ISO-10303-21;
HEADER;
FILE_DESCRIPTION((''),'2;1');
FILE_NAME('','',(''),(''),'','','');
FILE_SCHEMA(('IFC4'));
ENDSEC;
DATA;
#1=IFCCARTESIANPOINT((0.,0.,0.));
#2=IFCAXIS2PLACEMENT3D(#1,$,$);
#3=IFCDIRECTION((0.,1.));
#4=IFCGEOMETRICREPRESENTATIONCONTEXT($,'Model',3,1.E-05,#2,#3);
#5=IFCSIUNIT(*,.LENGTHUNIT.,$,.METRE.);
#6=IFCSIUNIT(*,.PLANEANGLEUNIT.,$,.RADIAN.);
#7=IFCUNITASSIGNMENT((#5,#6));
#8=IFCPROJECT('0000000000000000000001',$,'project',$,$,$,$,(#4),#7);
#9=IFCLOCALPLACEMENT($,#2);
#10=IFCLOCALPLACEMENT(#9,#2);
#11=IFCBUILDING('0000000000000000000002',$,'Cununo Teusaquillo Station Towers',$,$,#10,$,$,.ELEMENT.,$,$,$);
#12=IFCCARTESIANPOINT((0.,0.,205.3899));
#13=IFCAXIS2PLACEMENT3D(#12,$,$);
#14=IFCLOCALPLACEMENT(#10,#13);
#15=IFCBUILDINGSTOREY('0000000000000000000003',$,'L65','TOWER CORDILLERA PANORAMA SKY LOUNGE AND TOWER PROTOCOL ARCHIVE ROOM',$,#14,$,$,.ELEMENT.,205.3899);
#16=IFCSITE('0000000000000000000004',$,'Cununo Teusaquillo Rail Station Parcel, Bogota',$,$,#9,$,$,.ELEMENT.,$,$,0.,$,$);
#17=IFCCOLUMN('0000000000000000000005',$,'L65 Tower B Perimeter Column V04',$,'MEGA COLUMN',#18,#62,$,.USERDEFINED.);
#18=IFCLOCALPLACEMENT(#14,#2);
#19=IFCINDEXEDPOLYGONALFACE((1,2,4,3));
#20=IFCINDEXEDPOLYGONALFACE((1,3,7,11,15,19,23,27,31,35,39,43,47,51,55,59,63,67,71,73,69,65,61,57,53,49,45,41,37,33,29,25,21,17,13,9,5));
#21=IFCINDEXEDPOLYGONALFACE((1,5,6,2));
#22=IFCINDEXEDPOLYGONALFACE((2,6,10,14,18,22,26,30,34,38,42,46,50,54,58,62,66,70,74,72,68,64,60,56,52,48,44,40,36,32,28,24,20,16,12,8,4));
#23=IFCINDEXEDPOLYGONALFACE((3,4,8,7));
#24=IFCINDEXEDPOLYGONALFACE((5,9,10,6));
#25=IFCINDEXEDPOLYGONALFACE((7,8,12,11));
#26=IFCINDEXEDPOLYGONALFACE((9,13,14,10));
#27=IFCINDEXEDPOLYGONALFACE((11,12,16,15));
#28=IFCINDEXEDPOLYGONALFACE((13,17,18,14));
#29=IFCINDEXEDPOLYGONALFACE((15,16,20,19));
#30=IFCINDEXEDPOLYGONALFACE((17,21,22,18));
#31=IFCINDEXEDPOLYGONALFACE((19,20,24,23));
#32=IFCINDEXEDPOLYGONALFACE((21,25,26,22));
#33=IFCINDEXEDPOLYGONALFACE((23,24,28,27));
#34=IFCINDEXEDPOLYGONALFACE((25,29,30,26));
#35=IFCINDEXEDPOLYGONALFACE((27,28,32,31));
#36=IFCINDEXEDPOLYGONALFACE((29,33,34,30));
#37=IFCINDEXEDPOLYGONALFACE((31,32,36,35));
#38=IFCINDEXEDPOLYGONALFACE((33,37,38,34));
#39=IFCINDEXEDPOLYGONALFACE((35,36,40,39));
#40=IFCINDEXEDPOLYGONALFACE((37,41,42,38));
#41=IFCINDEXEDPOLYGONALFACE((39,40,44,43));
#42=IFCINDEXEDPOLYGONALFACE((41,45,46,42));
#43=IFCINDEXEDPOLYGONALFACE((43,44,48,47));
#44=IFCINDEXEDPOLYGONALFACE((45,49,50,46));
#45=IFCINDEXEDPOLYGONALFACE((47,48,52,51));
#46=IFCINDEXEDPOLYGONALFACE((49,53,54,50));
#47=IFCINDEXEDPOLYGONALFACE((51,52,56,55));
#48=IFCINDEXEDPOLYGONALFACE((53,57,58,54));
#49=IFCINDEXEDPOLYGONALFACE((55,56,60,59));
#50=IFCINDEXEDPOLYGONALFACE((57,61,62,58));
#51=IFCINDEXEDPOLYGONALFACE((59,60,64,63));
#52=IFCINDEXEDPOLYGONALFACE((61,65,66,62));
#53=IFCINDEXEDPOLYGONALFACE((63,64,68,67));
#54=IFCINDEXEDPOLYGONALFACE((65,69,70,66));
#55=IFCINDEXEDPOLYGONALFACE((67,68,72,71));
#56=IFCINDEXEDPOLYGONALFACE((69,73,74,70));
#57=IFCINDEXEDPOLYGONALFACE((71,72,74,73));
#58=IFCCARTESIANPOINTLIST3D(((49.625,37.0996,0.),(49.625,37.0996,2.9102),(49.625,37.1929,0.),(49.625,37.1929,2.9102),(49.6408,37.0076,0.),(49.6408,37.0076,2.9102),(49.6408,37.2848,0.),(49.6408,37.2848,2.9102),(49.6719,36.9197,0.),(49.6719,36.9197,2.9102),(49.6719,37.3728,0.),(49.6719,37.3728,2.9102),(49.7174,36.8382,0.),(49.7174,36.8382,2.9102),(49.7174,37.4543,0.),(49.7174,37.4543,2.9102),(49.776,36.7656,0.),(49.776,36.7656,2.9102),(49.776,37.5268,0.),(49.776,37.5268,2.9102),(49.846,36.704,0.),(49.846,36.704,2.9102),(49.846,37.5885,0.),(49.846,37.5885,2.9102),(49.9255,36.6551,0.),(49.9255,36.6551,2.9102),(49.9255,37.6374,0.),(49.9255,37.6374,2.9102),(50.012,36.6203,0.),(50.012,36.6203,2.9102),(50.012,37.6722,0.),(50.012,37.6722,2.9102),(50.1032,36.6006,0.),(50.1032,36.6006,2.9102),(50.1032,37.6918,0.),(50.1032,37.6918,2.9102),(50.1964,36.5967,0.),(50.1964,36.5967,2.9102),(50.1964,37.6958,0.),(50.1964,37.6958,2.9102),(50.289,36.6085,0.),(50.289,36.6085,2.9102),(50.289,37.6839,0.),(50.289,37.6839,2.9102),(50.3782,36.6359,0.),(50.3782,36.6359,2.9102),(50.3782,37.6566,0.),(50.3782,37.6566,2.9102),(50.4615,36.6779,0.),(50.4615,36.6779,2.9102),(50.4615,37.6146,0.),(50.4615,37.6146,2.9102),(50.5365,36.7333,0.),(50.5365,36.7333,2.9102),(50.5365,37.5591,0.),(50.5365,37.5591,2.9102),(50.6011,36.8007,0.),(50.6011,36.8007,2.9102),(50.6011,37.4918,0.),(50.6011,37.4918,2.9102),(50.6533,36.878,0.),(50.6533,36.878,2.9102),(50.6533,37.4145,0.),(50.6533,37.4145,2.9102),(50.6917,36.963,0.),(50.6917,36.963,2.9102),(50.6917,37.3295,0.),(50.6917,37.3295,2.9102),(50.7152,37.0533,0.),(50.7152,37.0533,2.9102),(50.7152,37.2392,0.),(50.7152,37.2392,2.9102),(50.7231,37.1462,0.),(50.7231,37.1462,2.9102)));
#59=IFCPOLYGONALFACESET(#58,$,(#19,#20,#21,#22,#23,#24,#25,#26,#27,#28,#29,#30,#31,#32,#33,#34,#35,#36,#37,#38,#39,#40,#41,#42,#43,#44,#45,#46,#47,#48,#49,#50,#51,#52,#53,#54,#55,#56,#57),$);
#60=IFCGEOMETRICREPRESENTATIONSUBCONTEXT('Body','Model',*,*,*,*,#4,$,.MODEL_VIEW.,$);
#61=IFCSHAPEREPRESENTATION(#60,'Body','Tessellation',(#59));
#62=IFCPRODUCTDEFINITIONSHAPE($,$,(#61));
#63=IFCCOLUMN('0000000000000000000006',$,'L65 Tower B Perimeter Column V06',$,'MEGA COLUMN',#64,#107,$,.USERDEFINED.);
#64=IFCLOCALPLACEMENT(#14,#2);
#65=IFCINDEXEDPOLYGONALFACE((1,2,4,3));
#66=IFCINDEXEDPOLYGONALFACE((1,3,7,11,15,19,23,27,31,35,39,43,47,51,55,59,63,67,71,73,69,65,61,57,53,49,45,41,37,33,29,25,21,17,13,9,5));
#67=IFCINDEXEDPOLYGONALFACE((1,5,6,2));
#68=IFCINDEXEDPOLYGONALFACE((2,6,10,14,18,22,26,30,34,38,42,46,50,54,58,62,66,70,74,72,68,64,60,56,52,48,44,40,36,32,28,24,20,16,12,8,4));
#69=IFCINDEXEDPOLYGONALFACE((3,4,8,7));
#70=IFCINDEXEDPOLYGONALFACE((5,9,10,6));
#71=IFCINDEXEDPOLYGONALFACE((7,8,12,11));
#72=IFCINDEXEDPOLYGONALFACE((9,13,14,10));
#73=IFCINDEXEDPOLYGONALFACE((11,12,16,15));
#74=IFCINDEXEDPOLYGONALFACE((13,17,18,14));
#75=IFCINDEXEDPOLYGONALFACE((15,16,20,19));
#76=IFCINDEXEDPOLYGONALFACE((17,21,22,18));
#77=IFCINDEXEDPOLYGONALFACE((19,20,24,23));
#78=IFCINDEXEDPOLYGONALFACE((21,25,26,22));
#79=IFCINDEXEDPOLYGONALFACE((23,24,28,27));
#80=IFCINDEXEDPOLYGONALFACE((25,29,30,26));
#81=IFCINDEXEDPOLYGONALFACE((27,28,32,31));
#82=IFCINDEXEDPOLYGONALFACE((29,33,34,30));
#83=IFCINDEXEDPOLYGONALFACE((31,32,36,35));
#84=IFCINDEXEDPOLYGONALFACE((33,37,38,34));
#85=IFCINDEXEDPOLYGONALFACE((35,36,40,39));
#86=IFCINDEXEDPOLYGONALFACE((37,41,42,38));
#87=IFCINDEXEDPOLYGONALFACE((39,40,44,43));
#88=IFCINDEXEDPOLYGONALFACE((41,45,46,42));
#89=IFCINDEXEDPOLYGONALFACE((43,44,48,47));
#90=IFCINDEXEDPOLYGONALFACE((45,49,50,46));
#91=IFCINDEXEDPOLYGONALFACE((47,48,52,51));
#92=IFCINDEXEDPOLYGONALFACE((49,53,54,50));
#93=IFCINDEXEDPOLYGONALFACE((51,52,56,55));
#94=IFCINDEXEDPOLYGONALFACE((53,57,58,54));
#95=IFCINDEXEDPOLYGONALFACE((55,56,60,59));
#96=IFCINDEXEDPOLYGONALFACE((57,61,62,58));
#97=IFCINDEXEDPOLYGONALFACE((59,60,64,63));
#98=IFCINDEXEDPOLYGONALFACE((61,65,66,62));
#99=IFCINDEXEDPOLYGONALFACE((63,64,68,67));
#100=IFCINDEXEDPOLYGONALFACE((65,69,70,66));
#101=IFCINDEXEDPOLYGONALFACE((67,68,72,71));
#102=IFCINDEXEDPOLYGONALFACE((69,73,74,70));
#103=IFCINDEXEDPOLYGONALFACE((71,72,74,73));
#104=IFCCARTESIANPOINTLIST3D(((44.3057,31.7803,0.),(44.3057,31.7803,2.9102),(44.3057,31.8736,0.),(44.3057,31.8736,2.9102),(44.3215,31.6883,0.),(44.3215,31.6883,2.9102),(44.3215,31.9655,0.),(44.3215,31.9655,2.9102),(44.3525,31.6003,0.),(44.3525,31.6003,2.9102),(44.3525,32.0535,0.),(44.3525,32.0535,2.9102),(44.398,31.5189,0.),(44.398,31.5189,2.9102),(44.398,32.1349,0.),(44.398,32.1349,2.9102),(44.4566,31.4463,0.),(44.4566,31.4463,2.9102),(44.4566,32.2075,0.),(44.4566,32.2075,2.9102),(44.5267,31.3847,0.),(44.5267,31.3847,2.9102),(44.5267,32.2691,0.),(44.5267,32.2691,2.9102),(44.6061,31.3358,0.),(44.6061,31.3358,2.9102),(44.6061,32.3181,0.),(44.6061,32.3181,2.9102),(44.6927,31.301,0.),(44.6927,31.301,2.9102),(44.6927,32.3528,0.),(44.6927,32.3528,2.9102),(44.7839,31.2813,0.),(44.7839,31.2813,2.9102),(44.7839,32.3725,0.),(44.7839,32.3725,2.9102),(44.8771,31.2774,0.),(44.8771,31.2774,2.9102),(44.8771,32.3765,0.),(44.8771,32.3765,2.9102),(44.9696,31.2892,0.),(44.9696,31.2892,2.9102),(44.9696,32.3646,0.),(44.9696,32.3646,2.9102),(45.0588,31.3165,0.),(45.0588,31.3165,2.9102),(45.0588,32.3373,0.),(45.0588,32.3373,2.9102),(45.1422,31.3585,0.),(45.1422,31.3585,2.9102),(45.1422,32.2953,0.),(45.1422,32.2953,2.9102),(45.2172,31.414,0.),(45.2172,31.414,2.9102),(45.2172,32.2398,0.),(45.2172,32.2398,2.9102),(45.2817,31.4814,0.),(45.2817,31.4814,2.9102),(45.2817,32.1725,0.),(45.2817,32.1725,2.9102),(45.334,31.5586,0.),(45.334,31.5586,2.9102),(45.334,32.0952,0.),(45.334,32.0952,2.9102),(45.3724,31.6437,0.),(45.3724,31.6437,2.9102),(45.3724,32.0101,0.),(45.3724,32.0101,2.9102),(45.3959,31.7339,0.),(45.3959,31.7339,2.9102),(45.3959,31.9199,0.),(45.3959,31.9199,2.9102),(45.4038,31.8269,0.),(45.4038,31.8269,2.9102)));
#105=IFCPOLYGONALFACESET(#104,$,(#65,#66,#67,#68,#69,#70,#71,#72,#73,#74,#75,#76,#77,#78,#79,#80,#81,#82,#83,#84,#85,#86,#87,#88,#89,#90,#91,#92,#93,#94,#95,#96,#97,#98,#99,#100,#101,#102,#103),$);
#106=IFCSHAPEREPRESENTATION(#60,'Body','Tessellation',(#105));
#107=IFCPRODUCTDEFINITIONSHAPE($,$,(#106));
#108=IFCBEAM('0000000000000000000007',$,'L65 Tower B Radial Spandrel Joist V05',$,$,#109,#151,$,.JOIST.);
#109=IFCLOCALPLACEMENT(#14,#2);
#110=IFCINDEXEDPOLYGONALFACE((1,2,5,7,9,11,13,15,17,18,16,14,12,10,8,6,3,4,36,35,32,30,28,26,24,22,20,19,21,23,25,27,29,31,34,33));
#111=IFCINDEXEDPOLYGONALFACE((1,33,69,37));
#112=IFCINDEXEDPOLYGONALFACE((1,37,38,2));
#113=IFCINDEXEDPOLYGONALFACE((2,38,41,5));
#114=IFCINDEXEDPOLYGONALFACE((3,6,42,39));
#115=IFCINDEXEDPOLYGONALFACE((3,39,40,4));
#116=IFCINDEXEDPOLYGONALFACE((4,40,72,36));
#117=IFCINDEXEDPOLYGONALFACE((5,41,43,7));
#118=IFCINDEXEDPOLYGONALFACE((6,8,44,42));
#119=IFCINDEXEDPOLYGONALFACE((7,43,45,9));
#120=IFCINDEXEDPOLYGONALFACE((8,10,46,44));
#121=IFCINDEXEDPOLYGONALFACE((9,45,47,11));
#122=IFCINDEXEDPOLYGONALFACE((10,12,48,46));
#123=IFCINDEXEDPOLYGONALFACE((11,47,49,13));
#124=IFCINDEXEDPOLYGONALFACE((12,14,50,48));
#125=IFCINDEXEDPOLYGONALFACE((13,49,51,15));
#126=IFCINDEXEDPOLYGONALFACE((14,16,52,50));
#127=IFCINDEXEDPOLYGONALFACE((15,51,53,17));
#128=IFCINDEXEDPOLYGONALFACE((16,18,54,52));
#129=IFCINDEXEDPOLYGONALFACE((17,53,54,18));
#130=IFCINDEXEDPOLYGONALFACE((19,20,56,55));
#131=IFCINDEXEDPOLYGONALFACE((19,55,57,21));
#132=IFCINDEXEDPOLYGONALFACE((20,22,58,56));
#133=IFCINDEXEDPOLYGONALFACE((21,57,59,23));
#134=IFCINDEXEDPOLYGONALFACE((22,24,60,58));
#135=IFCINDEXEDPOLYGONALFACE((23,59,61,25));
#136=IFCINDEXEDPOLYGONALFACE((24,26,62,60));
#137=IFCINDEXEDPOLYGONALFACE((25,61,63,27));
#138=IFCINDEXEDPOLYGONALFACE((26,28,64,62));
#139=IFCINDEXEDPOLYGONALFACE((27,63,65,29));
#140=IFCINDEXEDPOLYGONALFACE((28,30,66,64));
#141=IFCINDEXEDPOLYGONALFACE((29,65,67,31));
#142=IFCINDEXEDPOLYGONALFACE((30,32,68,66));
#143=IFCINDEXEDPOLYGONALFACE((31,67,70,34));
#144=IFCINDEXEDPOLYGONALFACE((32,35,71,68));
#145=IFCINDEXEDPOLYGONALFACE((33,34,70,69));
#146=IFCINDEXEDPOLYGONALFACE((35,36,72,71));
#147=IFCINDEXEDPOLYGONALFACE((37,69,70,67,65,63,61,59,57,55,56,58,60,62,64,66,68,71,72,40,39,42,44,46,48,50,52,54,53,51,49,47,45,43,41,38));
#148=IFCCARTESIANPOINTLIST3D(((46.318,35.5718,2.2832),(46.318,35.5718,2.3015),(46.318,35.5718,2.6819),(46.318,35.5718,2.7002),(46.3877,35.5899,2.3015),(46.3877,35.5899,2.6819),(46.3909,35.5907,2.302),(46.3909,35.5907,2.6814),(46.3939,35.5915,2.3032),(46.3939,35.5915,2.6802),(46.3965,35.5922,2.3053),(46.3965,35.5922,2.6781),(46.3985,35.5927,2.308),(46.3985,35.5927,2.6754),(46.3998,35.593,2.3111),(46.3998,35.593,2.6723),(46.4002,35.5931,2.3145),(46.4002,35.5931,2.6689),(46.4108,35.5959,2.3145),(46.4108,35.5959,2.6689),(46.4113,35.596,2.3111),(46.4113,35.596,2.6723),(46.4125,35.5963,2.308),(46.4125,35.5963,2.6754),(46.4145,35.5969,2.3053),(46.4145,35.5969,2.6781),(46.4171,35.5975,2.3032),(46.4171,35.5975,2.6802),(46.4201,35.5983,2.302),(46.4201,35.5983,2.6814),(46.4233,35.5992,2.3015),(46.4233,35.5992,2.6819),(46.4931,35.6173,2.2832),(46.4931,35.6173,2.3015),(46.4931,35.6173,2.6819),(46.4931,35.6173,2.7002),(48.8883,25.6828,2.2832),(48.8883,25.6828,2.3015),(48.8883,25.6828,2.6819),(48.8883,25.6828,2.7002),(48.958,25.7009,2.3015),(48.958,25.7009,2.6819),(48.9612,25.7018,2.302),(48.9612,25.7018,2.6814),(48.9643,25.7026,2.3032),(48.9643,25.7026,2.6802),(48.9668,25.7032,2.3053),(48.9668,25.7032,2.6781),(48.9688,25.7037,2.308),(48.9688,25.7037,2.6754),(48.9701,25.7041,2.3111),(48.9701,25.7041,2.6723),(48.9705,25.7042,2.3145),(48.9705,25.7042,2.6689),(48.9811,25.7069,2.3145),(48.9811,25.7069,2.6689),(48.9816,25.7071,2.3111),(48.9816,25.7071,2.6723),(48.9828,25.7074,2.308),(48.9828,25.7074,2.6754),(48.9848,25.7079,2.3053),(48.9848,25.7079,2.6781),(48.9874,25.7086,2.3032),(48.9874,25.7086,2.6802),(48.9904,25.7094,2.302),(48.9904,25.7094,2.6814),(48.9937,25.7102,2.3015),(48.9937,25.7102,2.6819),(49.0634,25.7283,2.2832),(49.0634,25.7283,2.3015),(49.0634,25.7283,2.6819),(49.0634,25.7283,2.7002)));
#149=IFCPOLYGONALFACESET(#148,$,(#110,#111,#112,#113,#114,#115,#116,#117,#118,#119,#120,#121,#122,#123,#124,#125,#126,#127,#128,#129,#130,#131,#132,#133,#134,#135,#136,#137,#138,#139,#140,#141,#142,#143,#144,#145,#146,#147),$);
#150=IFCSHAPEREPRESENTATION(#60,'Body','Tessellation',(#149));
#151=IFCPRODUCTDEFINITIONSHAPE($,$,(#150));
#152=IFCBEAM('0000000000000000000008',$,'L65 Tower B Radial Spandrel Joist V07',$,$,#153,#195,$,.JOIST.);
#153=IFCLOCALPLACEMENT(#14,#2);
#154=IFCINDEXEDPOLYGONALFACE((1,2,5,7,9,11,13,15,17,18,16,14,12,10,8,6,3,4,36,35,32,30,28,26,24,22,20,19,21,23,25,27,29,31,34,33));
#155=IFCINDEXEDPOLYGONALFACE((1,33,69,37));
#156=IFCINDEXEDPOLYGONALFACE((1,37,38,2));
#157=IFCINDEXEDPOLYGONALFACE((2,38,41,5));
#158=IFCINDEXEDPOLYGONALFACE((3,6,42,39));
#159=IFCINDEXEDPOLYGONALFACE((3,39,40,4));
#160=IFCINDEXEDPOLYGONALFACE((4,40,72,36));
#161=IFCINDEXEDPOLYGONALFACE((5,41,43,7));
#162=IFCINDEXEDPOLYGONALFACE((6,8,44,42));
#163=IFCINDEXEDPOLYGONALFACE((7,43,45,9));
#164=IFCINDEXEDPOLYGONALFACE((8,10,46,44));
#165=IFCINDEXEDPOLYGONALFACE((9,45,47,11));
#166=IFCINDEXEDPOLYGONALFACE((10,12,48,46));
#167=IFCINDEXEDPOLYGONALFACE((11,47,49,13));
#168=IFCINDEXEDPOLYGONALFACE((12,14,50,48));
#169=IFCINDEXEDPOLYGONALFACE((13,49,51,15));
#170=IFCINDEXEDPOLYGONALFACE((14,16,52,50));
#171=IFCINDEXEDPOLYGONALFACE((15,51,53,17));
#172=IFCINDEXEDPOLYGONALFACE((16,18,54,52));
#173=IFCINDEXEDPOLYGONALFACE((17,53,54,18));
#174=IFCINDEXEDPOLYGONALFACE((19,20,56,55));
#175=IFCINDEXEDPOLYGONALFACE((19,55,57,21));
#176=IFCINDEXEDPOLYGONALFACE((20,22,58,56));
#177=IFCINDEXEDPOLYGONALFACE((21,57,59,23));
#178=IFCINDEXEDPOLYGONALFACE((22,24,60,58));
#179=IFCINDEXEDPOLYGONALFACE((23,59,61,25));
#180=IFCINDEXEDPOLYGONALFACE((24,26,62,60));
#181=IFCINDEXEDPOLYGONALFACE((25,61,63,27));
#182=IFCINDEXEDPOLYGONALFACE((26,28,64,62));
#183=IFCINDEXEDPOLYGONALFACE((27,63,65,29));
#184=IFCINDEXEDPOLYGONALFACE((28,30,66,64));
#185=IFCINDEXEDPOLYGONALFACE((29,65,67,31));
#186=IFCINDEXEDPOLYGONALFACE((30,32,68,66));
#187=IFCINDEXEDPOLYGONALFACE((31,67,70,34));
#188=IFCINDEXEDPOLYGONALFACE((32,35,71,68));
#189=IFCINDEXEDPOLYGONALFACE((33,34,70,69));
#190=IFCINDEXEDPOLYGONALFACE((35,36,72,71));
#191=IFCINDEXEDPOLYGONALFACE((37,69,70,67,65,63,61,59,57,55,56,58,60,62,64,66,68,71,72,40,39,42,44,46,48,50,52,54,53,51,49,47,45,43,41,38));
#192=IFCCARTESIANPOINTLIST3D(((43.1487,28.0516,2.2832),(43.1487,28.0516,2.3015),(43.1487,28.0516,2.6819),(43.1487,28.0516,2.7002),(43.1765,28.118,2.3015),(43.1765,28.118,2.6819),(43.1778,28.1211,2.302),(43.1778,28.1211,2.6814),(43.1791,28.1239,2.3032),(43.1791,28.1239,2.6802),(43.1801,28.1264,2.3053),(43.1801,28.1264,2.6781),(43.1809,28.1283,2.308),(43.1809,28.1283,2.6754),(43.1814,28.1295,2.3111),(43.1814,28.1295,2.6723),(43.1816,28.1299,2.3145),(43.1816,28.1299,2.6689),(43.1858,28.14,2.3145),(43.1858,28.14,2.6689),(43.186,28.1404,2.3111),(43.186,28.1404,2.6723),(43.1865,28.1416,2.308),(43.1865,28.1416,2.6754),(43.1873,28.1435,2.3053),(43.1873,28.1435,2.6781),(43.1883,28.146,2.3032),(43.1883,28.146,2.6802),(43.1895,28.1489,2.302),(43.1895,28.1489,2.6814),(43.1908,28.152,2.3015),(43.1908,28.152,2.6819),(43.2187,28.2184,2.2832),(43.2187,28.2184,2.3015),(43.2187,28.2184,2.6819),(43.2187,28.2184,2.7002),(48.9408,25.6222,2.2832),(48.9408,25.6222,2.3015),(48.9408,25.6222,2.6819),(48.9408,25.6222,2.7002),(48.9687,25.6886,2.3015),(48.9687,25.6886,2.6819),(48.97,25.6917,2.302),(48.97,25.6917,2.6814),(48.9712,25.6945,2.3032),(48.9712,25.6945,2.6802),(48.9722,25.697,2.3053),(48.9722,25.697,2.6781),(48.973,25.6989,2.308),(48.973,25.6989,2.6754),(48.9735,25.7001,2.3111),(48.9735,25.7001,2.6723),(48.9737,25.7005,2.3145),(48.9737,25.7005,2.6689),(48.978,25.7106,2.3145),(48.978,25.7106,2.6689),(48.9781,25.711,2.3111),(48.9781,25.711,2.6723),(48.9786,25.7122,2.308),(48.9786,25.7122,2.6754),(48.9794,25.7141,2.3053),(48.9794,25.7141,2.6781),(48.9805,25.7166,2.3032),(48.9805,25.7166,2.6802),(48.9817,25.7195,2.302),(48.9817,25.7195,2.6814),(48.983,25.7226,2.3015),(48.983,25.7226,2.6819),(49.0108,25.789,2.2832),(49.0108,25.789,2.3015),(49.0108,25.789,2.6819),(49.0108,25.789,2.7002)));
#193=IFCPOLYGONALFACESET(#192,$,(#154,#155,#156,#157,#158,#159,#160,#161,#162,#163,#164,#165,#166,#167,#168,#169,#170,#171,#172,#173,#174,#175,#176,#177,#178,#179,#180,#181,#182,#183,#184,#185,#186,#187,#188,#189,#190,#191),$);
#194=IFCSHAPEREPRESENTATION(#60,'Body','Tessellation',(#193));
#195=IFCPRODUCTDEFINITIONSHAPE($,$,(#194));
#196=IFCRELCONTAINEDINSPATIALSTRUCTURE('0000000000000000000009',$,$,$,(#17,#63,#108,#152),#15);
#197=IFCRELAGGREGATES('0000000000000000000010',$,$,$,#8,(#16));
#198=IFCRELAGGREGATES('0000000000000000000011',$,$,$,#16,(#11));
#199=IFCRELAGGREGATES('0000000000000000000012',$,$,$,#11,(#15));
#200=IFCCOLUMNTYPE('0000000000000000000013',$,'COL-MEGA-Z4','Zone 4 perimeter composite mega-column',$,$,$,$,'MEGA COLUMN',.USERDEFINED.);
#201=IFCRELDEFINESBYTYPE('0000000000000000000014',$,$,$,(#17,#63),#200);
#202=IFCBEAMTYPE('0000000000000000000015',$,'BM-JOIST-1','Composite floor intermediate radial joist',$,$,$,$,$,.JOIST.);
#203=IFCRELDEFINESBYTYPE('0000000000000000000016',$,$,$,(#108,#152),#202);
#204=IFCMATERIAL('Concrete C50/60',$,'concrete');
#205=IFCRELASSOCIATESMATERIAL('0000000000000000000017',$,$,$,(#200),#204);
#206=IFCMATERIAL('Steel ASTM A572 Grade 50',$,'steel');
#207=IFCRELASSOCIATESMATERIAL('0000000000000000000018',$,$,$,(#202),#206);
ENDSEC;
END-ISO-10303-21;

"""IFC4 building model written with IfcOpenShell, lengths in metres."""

from ifc_helpers import new_model, si_unit, direction, frame, origin, origin_2d, place, context, subcontext, project, spatial, circle, i_section, extrude, material, material_profile, profile_set, type_object, element, save


model = new_model("IFC4")

# Units and contexts
model_context = context("Model", 3, precision=1e-05, world=origin(), true_north=direction((0.0, 1.0)))
body_context = subcontext(model_context, "Body", "Model", "MODEL_VIEW")
ifc_project = project(units=[si_unit("LENGTHUNIT", "METRE"), si_unit("PLANEANGLEUNIT", "RADIAN")], contexts=[model_context])

# Site, building, storey
site_placement = place(None, origin())
site = spatial("IfcSite", under=ifc_project, at=site_placement, Name="Cununo Teusaquillo Rail Station Parcel, Bogota", CompositionType="ELEMENT", RefElevation=0.0)
building_placement = place(site_placement, origin())
building = spatial("IfcBuilding", under=site, at=building_placement, Name="Cununo Teusaquillo Station Towers", CompositionType="ELEMENT")
storey_placement = place(building_placement, frame((0.0, 0.0, 205.3899)))
storey = spatial("IfcBuildingStorey", under=building, at=storey_placement, Name="L65", Description="TOWER CORDILLERA PANORAMA SKY LOUNGE AND TOWER PROTOCOL ARCHIVE ROOM", CompositionType="ELEMENT", Elevation=205.3899)

# Columns
ifc_material_1 = material(Name="Concrete C50/60", Category="concrete")
ifc_material_profile_1 = material_profile(ifc_material_1, circle(Radius=0.55, at=origin_2d()), Name="RC-CIRC-1100")
ifc_profile_set_1 = profile_set([ifc_material_profile_1], Name="Concrete C50/60")
column_type = type_object("IfcColumnType", Name="COL-MEGA-Z4", Description="Zone 4 perimeter composite mega-column", ElementType="MEGA COLUMN", PredefinedType="USERDEFINED", material=ifc_profile_set_1)
for number, where, z_axis, x_axis, name in (
    (1, (50.1731, 37.1462, 0.0), (0.0, 0.0, 1.0), (1.0, 0.0, 0.0), "L65 Tower B Perimeter Column V04"),
    (2, (44.8538, 31.8269, 0.0), (0.0, 0.0, 1.0), (1.0, 0.0, 0.0), "L65 Tower B Perimeter Column V06"),
):
    element("IfcColumn", number, at=place(storey_placement, frame(where, z_axis=z_axis, x_axis=x_axis)), inside=storey, type_object=column_type, Name=name, ObjectType="MEGA COLUMN", PredefinedType="USERDEFINED", context=body_context, shape_type="SweptSolid", body=[
        extrude(circle(Radius=0.55, at=origin_2d()), origin(), (0.0, 0.0, 1.0), 2.9102),
    ])

# Beams
ifc_material_2 = material(Name="Steel ASTM A572 Grade 50", Category="steel")
ifc_material_profile_2 = material_profile(ifc_material_2, i_section(OverallWidth=0.1809, OverallDepth=0.417, WebThickness=0.011, FlangeThickness=0.0183, FilletRadius=0.0129, at=origin_2d()), Name="W16X57")
ifc_profile_set_2 = profile_set([ifc_material_profile_2], Name="Steel ASTM A572 Grade 50")
beam_type_1 = type_object("IfcBeamType", Name="BM-JOIST-1", Description="Composite floor intermediate radial joist", PredefinedType="JOIST", material=ifc_profile_set_2)
beam_1_placement = place(storey_placement, frame((48.9758, 25.7056, 2.4917), z_axis=(-0.25156, 0.967842, 0.0), x_axis=(-0.967842, -0.25156, 0.0)))
element("IfcBeam", 3, at=beam_1_placement, inside=storey, type_object=beam_type_1, Name="L65 Tower B Radial Spandrel Joist V05", PredefinedType="JOIST", context=body_context, shape_type="SweptSolid", body=[
    extrude(i_section(OverallWidth=0.1809, OverallDepth=0.417, WebThickness=0.011, FlangeThickness=0.0183, FilletRadius=0.0129, at=origin_2d()), origin(), (0.0, 0.0, 1.0), 10.2175),
])
beam_2_placement = place(storey_placement, frame((48.9758, 25.7056, 2.4917), z_axis=(-0.922169, 0.386786, 0.0), x_axis=(-0.386786, -0.922169, 0.0)))
element("IfcBeam", 4, at=beam_2_placement, inside=storey, type_object=beam_type_1, Name="L65 Tower B Radial Spandrel Joist V07", PredefinedType="JOIST", context=body_context, shape_type="SweptSolid", body=[
    extrude(i_section(OverallWidth=0.1809, OverallDepth=0.417, WebThickness=0.011, FlangeThickness=0.0183, FilletRadius=0.0129, at=origin_2d()), origin(), (0.0, 0.0, 1.0), 6.281),
])

save(model, "model.ifc")
